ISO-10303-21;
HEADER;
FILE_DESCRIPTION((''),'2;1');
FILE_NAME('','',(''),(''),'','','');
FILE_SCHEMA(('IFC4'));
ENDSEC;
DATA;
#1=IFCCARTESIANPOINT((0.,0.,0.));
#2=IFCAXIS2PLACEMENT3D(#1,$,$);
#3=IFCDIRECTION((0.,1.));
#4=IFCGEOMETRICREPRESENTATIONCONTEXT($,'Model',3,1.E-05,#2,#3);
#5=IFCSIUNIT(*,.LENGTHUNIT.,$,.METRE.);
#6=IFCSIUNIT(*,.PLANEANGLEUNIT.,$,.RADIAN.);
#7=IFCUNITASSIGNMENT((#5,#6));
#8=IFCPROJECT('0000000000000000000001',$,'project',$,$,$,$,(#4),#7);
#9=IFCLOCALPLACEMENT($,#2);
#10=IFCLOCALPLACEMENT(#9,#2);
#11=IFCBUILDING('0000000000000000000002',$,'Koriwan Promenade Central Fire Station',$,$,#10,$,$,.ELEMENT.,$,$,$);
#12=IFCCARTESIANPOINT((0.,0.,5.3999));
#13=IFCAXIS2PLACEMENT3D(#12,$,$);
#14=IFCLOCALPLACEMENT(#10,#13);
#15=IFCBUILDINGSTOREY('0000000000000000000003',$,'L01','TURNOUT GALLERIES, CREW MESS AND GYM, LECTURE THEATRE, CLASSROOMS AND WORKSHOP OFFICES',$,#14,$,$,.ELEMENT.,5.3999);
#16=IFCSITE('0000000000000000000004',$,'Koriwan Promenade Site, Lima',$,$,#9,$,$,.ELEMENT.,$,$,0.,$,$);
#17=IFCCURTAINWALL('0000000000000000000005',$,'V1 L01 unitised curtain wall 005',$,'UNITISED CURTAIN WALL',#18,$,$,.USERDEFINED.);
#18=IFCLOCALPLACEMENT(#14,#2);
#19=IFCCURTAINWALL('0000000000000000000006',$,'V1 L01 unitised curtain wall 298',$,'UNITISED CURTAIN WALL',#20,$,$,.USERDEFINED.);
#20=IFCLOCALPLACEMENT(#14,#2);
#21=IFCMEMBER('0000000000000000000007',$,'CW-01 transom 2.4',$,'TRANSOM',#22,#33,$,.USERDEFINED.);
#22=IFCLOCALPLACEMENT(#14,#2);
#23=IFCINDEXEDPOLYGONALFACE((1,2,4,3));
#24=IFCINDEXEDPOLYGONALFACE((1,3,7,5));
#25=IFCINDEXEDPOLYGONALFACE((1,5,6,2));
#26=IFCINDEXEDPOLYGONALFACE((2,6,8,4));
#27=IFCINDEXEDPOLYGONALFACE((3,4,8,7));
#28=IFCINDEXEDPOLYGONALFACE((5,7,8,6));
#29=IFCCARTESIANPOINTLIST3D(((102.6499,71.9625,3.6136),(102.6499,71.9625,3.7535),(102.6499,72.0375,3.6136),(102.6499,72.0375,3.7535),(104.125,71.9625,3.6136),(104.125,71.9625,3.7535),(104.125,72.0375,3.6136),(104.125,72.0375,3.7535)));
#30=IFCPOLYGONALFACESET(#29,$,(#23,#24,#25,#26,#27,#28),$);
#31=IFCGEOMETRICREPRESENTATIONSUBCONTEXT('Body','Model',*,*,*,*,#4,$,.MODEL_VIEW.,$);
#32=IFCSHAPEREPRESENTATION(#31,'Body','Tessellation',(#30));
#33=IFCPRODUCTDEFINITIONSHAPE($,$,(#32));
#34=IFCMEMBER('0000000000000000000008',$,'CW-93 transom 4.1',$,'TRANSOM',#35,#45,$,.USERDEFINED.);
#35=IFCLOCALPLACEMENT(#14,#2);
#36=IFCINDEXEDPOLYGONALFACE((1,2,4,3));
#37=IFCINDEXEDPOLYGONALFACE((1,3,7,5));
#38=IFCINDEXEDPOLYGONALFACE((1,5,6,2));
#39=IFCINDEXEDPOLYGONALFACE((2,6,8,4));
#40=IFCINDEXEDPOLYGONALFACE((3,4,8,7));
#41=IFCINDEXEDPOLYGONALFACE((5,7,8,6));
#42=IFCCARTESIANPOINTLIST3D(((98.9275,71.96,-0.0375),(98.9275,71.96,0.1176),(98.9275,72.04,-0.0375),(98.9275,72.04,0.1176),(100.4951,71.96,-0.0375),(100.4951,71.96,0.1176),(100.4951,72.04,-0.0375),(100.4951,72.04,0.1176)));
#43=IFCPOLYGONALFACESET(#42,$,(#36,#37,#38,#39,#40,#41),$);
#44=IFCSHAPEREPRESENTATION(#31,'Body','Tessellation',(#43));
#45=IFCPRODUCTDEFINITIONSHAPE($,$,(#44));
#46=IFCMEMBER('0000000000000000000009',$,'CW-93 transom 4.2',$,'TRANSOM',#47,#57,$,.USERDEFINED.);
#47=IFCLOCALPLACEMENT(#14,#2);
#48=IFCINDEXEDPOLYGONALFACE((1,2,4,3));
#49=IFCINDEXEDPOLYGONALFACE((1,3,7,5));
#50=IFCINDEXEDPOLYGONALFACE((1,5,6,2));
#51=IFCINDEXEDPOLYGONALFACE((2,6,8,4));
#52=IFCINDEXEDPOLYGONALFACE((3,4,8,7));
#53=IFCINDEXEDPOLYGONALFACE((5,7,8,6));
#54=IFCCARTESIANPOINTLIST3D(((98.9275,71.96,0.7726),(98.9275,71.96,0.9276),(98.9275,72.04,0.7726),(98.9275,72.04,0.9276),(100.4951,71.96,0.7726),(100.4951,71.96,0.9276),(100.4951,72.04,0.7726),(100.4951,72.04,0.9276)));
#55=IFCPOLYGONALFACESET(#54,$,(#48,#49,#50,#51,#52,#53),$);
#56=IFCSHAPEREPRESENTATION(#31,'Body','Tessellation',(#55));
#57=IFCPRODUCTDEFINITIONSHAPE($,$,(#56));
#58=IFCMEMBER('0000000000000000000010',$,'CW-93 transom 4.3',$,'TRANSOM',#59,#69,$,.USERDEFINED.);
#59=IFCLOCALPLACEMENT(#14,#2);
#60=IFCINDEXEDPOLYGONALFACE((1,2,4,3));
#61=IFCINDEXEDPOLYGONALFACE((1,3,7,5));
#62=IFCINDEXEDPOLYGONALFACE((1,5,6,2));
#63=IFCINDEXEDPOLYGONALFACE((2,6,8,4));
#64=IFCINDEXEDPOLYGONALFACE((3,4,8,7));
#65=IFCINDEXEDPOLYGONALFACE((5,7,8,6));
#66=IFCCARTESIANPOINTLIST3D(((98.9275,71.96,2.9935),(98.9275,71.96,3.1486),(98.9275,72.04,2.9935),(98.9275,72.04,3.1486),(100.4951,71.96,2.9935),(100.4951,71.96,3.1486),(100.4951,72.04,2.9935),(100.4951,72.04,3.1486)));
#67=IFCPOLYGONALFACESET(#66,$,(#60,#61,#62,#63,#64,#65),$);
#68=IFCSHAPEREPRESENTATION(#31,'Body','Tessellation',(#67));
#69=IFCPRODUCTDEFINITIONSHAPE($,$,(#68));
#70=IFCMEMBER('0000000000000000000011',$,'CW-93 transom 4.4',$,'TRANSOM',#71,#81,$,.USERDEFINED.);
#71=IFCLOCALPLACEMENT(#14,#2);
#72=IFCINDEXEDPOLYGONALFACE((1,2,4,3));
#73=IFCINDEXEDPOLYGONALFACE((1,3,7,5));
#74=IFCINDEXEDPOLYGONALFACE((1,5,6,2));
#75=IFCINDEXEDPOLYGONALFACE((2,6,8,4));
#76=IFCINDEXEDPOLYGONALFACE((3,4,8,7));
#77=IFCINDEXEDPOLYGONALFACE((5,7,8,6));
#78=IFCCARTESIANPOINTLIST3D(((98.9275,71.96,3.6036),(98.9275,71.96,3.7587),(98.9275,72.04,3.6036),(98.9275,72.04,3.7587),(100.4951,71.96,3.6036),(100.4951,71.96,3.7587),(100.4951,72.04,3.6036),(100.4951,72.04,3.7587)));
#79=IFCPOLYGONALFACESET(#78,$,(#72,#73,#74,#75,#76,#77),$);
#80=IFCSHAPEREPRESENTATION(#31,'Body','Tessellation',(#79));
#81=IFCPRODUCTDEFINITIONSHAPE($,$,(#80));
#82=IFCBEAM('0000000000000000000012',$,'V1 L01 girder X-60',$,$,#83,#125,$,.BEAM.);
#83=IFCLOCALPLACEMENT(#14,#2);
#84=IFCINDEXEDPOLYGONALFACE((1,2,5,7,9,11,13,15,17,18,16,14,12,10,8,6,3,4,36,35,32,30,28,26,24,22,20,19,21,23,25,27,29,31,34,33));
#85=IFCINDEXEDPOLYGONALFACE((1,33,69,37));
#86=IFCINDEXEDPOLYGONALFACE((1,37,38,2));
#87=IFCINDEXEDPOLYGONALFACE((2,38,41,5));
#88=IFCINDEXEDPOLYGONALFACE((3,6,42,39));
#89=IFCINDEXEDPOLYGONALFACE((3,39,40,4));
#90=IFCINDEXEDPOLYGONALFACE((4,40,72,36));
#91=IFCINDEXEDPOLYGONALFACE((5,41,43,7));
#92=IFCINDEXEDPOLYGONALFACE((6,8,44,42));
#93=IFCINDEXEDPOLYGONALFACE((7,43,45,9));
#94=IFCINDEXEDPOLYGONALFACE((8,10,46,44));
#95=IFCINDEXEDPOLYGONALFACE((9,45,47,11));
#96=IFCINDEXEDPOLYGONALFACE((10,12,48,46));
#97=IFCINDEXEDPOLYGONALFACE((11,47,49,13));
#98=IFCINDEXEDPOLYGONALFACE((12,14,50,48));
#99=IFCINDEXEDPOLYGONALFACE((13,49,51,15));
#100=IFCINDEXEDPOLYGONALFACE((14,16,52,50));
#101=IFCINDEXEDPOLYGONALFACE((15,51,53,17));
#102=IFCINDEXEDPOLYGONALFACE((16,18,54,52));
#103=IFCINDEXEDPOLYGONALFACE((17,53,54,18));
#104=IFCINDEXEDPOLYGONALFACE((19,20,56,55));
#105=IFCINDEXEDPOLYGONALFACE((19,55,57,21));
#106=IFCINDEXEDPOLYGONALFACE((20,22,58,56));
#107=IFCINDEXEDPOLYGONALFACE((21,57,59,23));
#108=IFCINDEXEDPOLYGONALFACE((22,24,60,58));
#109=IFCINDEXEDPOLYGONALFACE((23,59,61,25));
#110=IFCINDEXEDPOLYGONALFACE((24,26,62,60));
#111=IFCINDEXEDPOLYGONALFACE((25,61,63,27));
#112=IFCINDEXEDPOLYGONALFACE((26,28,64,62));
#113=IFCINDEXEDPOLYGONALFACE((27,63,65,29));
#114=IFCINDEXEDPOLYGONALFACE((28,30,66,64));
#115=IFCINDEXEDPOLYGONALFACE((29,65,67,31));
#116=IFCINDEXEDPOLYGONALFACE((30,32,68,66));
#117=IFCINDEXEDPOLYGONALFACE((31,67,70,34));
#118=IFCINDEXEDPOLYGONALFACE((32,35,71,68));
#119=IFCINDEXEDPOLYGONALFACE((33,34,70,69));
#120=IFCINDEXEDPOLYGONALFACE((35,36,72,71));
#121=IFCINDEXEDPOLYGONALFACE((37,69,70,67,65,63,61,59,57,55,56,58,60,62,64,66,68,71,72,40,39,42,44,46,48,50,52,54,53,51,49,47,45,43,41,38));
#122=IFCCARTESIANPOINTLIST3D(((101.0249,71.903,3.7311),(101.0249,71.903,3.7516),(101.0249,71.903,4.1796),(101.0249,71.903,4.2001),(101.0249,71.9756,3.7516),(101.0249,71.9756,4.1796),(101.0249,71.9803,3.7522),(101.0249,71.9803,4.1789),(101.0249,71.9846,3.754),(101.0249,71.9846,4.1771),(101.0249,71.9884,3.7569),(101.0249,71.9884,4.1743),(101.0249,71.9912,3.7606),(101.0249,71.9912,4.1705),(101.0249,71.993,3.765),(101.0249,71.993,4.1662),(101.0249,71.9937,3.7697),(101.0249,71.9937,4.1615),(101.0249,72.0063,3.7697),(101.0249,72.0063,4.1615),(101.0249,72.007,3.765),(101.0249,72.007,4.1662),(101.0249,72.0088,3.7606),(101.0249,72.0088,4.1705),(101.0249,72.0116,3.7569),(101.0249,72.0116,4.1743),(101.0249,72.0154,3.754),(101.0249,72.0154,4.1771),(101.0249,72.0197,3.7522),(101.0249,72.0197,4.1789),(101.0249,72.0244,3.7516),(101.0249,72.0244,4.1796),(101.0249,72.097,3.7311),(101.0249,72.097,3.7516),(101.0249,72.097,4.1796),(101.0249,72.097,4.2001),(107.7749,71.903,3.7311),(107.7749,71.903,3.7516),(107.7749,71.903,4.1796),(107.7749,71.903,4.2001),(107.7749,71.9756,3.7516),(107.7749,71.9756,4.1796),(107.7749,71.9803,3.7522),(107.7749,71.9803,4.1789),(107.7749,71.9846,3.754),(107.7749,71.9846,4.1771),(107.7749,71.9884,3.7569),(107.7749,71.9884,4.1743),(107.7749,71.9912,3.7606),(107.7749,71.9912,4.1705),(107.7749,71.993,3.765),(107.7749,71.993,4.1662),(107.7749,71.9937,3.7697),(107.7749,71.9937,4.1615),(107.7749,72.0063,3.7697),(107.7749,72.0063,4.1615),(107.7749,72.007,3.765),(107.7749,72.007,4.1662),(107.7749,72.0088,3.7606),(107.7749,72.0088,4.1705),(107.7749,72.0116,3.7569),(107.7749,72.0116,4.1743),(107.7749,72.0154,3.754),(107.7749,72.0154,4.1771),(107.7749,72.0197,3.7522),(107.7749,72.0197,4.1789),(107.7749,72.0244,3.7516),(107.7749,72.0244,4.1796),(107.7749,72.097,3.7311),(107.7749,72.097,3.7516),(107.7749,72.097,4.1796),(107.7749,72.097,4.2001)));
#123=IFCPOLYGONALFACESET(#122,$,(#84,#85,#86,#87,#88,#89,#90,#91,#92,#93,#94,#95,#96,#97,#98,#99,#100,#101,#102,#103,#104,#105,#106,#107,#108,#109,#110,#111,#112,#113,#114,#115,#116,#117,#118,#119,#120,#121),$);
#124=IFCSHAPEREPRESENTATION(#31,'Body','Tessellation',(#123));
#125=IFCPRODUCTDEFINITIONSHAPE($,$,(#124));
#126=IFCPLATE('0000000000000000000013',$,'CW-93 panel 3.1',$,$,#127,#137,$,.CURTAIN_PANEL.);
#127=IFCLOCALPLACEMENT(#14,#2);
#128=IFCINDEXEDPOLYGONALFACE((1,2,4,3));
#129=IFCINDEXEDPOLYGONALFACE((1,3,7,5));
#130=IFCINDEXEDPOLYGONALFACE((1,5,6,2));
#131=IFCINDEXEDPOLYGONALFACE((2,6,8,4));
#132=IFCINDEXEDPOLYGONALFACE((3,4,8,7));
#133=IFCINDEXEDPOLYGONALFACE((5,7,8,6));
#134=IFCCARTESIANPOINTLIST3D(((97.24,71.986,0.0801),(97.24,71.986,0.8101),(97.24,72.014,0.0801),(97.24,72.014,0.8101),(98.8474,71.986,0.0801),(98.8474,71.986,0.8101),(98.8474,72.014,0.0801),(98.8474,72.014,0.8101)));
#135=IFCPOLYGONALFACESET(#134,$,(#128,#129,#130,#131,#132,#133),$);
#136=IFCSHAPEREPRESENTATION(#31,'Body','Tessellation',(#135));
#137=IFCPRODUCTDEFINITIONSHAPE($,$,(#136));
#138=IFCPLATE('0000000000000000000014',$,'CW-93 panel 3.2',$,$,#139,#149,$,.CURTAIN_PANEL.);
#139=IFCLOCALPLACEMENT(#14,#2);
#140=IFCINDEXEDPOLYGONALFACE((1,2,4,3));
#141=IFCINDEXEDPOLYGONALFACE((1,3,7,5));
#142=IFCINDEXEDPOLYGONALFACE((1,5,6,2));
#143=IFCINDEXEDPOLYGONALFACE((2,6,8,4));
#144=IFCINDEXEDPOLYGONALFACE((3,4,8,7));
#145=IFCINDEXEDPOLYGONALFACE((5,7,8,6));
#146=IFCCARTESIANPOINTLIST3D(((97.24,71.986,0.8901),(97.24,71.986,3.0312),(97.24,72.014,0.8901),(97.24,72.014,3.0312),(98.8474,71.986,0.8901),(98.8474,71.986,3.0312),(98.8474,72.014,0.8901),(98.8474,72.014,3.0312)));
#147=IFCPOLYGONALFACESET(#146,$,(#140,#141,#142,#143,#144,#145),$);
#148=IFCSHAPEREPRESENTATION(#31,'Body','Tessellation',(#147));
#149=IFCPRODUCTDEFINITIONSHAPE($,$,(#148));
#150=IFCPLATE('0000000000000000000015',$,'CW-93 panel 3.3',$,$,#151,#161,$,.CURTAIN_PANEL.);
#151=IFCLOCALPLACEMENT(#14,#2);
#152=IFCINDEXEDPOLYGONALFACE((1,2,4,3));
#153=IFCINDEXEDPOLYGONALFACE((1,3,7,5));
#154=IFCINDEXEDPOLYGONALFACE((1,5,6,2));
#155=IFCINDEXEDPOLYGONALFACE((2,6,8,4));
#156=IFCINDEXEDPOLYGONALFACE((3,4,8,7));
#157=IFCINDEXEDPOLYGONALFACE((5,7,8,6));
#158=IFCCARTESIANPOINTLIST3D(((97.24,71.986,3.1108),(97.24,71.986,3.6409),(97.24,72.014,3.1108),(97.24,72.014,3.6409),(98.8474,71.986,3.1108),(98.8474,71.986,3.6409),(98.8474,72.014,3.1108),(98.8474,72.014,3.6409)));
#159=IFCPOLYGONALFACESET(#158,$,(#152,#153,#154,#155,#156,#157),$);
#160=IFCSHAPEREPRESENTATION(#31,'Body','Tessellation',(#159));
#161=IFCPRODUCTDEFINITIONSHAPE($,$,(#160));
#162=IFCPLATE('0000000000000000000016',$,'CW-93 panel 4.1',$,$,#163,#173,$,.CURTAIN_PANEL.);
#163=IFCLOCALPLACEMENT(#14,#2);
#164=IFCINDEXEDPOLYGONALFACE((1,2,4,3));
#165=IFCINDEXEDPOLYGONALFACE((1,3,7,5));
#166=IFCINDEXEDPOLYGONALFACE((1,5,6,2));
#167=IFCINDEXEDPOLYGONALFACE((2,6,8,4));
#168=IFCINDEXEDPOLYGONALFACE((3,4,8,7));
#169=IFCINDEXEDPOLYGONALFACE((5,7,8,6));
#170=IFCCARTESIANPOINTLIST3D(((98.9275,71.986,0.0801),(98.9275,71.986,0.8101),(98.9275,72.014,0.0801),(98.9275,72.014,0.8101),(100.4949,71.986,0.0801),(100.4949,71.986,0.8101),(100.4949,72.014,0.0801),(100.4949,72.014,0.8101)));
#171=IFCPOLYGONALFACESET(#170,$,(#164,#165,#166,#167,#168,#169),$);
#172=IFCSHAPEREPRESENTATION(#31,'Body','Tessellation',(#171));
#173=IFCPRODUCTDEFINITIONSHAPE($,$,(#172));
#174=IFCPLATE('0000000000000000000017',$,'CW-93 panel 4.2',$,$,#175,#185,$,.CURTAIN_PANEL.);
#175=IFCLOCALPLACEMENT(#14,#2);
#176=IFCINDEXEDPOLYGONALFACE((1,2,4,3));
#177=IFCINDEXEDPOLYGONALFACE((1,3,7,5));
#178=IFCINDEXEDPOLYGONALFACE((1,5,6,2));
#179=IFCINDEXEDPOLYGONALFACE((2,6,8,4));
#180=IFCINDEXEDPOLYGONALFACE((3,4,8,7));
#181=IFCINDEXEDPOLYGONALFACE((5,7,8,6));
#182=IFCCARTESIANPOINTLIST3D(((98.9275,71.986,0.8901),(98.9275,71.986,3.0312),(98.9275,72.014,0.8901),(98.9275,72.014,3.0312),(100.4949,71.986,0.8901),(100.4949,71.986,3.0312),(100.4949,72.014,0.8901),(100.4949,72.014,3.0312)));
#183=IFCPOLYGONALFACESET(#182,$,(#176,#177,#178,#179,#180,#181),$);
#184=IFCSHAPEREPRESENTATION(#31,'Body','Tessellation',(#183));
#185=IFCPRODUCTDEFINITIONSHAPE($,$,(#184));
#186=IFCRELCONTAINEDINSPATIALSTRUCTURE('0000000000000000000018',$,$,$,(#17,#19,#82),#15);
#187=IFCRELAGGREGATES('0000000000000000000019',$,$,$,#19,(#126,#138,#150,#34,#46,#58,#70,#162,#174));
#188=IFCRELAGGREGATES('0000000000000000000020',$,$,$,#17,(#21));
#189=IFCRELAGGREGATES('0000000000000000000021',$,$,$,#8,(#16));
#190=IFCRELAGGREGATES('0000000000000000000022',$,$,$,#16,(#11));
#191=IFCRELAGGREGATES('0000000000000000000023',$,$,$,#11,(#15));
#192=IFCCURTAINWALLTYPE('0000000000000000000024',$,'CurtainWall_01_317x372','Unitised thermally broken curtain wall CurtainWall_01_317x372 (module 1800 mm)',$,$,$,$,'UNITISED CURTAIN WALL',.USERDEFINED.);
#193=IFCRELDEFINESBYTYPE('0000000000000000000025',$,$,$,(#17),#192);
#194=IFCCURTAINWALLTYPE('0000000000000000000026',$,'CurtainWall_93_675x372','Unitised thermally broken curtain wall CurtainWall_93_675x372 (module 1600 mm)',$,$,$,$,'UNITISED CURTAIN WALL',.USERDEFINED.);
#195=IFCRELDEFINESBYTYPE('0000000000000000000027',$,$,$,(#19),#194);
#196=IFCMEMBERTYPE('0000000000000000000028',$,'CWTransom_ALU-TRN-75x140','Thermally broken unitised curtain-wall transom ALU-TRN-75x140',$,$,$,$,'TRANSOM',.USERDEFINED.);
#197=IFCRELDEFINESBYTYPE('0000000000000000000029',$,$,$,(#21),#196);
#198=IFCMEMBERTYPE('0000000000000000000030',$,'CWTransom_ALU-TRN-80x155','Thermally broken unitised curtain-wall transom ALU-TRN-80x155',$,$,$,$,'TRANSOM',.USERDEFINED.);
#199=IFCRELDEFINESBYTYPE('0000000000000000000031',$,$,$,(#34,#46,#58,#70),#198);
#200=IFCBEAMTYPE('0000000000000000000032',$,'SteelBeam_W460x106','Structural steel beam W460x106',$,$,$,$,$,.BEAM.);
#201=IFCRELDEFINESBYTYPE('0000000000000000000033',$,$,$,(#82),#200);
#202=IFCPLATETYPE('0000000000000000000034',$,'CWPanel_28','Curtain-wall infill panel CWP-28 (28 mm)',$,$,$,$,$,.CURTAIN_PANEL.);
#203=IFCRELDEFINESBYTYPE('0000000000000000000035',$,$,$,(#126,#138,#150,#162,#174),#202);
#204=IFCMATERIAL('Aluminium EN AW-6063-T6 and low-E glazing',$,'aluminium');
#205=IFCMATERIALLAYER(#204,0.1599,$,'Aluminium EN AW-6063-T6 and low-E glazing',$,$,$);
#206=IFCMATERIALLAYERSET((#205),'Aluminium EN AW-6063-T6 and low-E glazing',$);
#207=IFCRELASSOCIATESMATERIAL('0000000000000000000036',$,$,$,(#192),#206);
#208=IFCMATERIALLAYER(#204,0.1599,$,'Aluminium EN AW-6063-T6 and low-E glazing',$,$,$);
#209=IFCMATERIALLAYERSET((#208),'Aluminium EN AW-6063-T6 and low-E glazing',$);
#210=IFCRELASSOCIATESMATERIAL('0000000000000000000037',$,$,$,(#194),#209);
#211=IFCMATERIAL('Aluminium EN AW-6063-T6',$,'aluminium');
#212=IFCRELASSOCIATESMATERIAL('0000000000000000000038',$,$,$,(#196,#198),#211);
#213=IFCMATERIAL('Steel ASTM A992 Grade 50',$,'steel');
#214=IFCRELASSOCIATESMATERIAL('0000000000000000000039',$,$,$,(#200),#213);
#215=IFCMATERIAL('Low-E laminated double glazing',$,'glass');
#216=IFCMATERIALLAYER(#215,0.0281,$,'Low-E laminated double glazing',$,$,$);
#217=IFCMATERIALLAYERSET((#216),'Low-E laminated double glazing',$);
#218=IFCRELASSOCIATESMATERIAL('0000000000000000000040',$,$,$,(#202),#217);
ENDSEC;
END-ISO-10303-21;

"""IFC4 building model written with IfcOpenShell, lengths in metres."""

from ifc_helpers import new_model, si_unit, direction, frame, origin, origin_2d, place, context, subcontext, project, spatial, rectangle, i_section, extrude, material, layer, layer_set, material_profile, profile_set, type_object, element, aggregate, save


model = new_model("IFC4")

# Units and contexts
model_context = context("Model", 3, precision=1e-05, world=origin(), true_north=direction((0.0, 1.0)))
body_context = subcontext(model_context, "Body", "Model", "MODEL_VIEW")
ifc_project = project(units=[si_unit("LENGTHUNIT", "METRE"), si_unit("PLANEANGLEUNIT", "RADIAN")], contexts=[model_context])

# Site, building, storey
site_placement = place(None, origin())
site = spatial("IfcSite", under=ifc_project, at=site_placement, Name="Koriwan Promenade Site, Lima", CompositionType="ELEMENT", RefElevation=0.0)
building_placement = place(site_placement, origin())
building = spatial("IfcBuilding", under=site, at=building_placement, Name="Koriwan Promenade Central Fire Station", CompositionType="ELEMENT")
storey_placement = place(building_placement, frame((0.0, 0.0, 5.3999)))
storey = spatial("IfcBuildingStorey", under=building, at=storey_placement, Name="L01", Description="TURNOUT GALLERIES, CREW MESS AND GYM, LECTURE THEATRE, CLASSROOMS AND WORKSHOP OFFICES", CompositionType="ELEMENT", Elevation=5.3999)

# Curtain wall
ifc_material_1 = material(Name="Aluminium EN AW-6063-T6 and low-E glazing", Category="aluminium")
ifc_layer_1 = layer(ifc_material_1, 0.1599, Name="Aluminium EN AW-6063-T6 and low-E glazing")
ifc_layer_set_1 = layer_set([ifc_layer_1], Name="Aluminium EN AW-6063-T6 and low-E glazing")
curtain_wall_type_1 = type_object("IfcCurtainWallType", Name="CurtainWall_01_317x372", Description="Unitised thermally broken curtain wall CurtainWall_01_317x372 (module 1800 mm)", ElementType="UNITISED CURTAIN WALL", PredefinedType="USERDEFINED", material=ifc_layer_set_1)
curtain_wall_1_placement = place(storey_placement, origin())
curtain_wall_1 = element("IfcCurtainWall", 1, at=curtain_wall_1_placement, inside=storey, type_object=curtain_wall_type_1, Name="V1 L01 unitised curtain wall 005", ObjectType="UNITISED CURTAIN WALL", PredefinedType="USERDEFINED")
ifc_material_2 = material(Name="Aluminium EN AW-6063-T6", Category="aluminium")

# Curtain wall
ifc_layer_2 = layer(ifc_material_1, 0.1599, Name="Aluminium EN AW-6063-T6 and low-E glazing")
ifc_layer_set_2 = layer_set([ifc_layer_2], Name="Aluminium EN AW-6063-T6 and low-E glazing")
curtain_wall_type_2 = type_object("IfcCurtainWallType", Name="CurtainWall_93_675x372", Description="Unitised thermally broken curtain wall CurtainWall_93_675x372 (module 1600 mm)", ElementType="UNITISED CURTAIN WALL", PredefinedType="USERDEFINED", material=ifc_layer_set_2)
curtain_wall_2_placement = place(storey_placement, origin())
curtain_wall_2 = element("IfcCurtainWall", 2, at=curtain_wall_2_placement, inside=storey, type_object=curtain_wall_type_2, Name="V1 L01 unitised curtain wall 298", ObjectType="UNITISED CURTAIN WALL", PredefinedType="USERDEFINED")

# Members
ifc_material_profile_1 = material_profile(ifc_material_2, rectangle(XDim=0.075, YDim=0.1399, at=origin_2d()), Name="ALU-TRN-75x140")
ifc_profile_set_1 = profile_set([ifc_material_profile_1], Name="Aluminium EN AW-6063-T6")
member_type_1 = type_object("IfcMemberType", Name="CWTransom_ALU-TRN-75x140", Description="Thermally broken unitised curtain-wall transom ALU-TRN-75x140", ElementType="TRANSOM", PredefinedType="USERDEFINED", material=ifc_profile_set_1)
member_1_placement = place(storey_placement, frame((102.6499, 72.0, 3.6836), z_axis=(1.0, 0.0, 0.0), x_axis=(0.0, 1.0, 0.0)))
member_1 = element("IfcMember", 3, at=member_1_placement, type_object=member_type_1, Name="CW-01 transom 2.4", ObjectType="TRANSOM", PredefinedType="USERDEFINED", context=body_context, shape_type="SweptSolid", body=[
    extrude(rectangle(XDim=0.075, YDim=0.1399, at=origin_2d()), origin(), (0.0, 0.0, 1.0), 1.4751),
])
ifc_material_profile_2 = material_profile(ifc_material_2, rectangle(XDim=0.0801, YDim=0.155, at=origin_2d()), Name="ALU-TRN-80x155")
ifc_profile_set_2 = profile_set([ifc_material_profile_2], Name="Aluminium EN AW-6063-T6")
member_type_2 = type_object("IfcMemberType", Name="CWTransom_ALU-TRN-80x155", Description="Thermally broken unitised curtain-wall transom ALU-TRN-80x155", ElementType="TRANSOM", PredefinedType="USERDEFINED", material=ifc_profile_set_2)
member_2_placement = place(storey_placement, frame((98.9275, 72.0, 0.04), z_axis=(1.0, 0.0, 0.0), x_axis=(0.0, 1.0, 0.0)))
member_2 = element("IfcMember", 4, at=member_2_placement, type_object=member_type_2, Name="CW-93 transom 4.1", ObjectType="TRANSOM", PredefinedType="USERDEFINED", context=body_context, shape_type="SweptSolid", body=[
    extrude(rectangle(XDim=0.0801, YDim=0.155, at=origin_2d()), origin(), (0.0, 0.0, 1.0), 1.5676),
])
member_3_placement = place(storey_placement, frame((98.9275, 72.0, 0.8501), z_axis=(1.0, 0.0, 0.0), x_axis=(0.0, 1.0, 0.0)))
member_3 = element("IfcMember", 5, at=member_3_placement, type_object=member_type_2, Name="CW-93 transom 4.2", ObjectType="TRANSOM", PredefinedType="USERDEFINED", context=body_context, shape_type="SweptSolid", body=[
    extrude(rectangle(XDim=0.0801, YDim=0.155, at=origin_2d()), origin(), (0.0, 0.0, 1.0), 1.5676),
])
member_4_placement = place(storey_placement, frame((98.9275, 72.0, 3.071), z_axis=(1.0, 0.0, 0.0), x_axis=(0.0, 1.0, 0.0)))
member_4 = element("IfcMember", 6, at=member_4_placement, type_object=member_type_2, Name="CW-93 transom 4.3", ObjectType="TRANSOM", PredefinedType="USERDEFINED", context=body_context, shape_type="SweptSolid", body=[
    extrude(rectangle(XDim=0.0801, YDim=0.155, at=origin_2d()), origin(), (0.0, 0.0, 1.0), 1.5676),
])
member_5_placement = place(storey_placement, frame((98.9275, 72.0, 3.6812), z_axis=(1.0, 0.0, 0.0), x_axis=(0.0, 1.0, 0.0)))
member_5 = element("IfcMember", 7, at=member_5_placement, type_object=member_type_2, Name="CW-93 transom 4.4", ObjectType="TRANSOM", PredefinedType="USERDEFINED", context=body_context, shape_type="SweptSolid", body=[
    extrude(rectangle(XDim=0.0801, YDim=0.155, at=origin_2d()), origin(), (0.0, 0.0, 1.0), 1.5676),
])

# Beam
ifc_material_3 = material(Name="Steel ASTM A992 Grade 50", Category="steel")
ifc_material_profile_3 = material_profile(ifc_material_3, i_section(OverallWidth=0.1941, OverallDepth=0.469, WebThickness=0.0127, FlangeThickness=0.0205, FilletRadius=0.0181, at=origin_2d()), Name="W460x106")
ifc_profile_set_3 = profile_set([ifc_material_profile_3], Name="Steel ASTM A992 Grade 50")
beam_type = type_object("IfcBeamType", Name="SteelBeam_W460x106", Description="Structural steel beam W460x106", PredefinedType="BEAM", material=ifc_profile_set_3)
beam_placement = place(storey_placement, frame((101.0249, 72.0, 3.9656), z_axis=(1.0, 0.0, 0.0), x_axis=(0.0, 1.0, 0.0)))
element("IfcBeam", 8, at=beam_placement, inside=storey, type_object=beam_type, Name="V1 L01 girder X-60", PredefinedType="BEAM", context=body_context, shape_type="SweptSolid", body=[
    extrude(i_section(OverallWidth=0.1941, OverallDepth=0.469, WebThickness=0.0127, FlangeThickness=0.0205, FilletRadius=0.0181, at=origin_2d()), origin(), (0.0, 0.0, 1.0), 6.75),
])

# Plates
ifc_material_4 = material(Name="Low-E laminated double glazing", Category="glass")
ifc_layer_3 = layer(ifc_material_4, 0.0281, Name="Low-E laminated double glazing")
ifc_layer_set_3 = layer_set([ifc_layer_3], Name="Low-E laminated double glazing")
plate_type_1 = type_object("IfcPlateType", Name="CWPanel_28", Description="Curtain-wall infill panel CWP-28 (28 mm)", PredefinedType="CURTAIN_PANEL", material=ifc_layer_set_3)
plate_1_placement = place(storey_placement, frame((98.0437, 72.0, 0.0801), z_axis=(0.0, 0.0, 1.0), x_axis=(1.0, 0.0, 0.0)))
plate_1 = element("IfcPlate", 9, at=plate_1_placement, type_object=plate_type_1, Name="CW-93 panel 3.1", PredefinedType="CURTAIN_PANEL", context=body_context, shape_type="SweptSolid", body=[
    extrude(rectangle(XDim=1.6074, YDim=0.0281, at=origin_2d()), origin(), (0.0, 0.0, 1.0), 0.73),
])
plate_2_placement = place(storey_placement, frame((98.0437, 72.0, 0.8901), z_axis=(0.0, 0.0, 1.0), x_axis=(1.0, 0.0, 0.0)))
plate_2 = element("IfcPlate", 10, at=plate_2_placement, type_object=plate_type_1, Name="CW-93 panel 3.2", PredefinedType="CURTAIN_PANEL", context=body_context, shape_type="SweptSolid", body=[
    extrude(rectangle(XDim=1.6074, YDim=0.0281, at=origin_2d()), origin(), (0.0, 0.0, 1.0), 2.1411),
])
plate_3_placement = place(storey_placement, frame((98.0437, 72.0, 3.1108), z_axis=(0.0, 0.0, 1.0), x_axis=(1.0, 0.0, 0.0)))
plate_3 = element("IfcPlate", 11, at=plate_3_placement, type_object=plate_type_1, Name="CW-93 panel 3.3", PredefinedType="CURTAIN_PANEL", context=body_context, shape_type="SweptSolid", body=[
    extrude(rectangle(XDim=1.6074, YDim=0.0281, at=origin_2d()), origin(), (0.0, 0.0, 1.0), 0.53),
])
plate_4_placement = place(storey_placement, frame((99.7112, 72.0, 0.0801), z_axis=(0.0, 0.0, 1.0), x_axis=(1.0, 0.0, 0.0)))
plate_4 = element("IfcPlate", 12, at=plate_4_placement, type_object=plate_type_1, Name="CW-93 panel 4.1", PredefinedType="CURTAIN_PANEL", context=body_context, shape_type="SweptSolid", body=[
    extrude(rectangle(XDim=1.5674, YDim=0.0281, at=origin_2d()), origin(), (0.0, 0.0, 1.0), 0.73),
])
plate_5_placement = place(storey_placement, frame((99.7112, 72.0, 0.8901), z_axis=(0.0, 0.0, 1.0), x_axis=(1.0, 0.0, 0.0)))
plate_5 = element("IfcPlate", 13, at=plate_5_placement, type_object=plate_type_1, Name="CW-93 panel 4.2", PredefinedType="CURTAIN_PANEL", context=body_context, shape_type="SweptSolid", body=[
    extrude(rectangle(XDim=1.5674, YDim=0.0281, at=origin_2d()), origin(), (0.0, 0.0, 1.0), 2.1411),
])
aggregate(curtain_wall_2, [plate_1, plate_2, plate_3, member_2, member_3, member_4, member_5, plate_4, plate_5])
aggregate(curtain_wall_1, [member_1])

save(model, "model.ifc")
